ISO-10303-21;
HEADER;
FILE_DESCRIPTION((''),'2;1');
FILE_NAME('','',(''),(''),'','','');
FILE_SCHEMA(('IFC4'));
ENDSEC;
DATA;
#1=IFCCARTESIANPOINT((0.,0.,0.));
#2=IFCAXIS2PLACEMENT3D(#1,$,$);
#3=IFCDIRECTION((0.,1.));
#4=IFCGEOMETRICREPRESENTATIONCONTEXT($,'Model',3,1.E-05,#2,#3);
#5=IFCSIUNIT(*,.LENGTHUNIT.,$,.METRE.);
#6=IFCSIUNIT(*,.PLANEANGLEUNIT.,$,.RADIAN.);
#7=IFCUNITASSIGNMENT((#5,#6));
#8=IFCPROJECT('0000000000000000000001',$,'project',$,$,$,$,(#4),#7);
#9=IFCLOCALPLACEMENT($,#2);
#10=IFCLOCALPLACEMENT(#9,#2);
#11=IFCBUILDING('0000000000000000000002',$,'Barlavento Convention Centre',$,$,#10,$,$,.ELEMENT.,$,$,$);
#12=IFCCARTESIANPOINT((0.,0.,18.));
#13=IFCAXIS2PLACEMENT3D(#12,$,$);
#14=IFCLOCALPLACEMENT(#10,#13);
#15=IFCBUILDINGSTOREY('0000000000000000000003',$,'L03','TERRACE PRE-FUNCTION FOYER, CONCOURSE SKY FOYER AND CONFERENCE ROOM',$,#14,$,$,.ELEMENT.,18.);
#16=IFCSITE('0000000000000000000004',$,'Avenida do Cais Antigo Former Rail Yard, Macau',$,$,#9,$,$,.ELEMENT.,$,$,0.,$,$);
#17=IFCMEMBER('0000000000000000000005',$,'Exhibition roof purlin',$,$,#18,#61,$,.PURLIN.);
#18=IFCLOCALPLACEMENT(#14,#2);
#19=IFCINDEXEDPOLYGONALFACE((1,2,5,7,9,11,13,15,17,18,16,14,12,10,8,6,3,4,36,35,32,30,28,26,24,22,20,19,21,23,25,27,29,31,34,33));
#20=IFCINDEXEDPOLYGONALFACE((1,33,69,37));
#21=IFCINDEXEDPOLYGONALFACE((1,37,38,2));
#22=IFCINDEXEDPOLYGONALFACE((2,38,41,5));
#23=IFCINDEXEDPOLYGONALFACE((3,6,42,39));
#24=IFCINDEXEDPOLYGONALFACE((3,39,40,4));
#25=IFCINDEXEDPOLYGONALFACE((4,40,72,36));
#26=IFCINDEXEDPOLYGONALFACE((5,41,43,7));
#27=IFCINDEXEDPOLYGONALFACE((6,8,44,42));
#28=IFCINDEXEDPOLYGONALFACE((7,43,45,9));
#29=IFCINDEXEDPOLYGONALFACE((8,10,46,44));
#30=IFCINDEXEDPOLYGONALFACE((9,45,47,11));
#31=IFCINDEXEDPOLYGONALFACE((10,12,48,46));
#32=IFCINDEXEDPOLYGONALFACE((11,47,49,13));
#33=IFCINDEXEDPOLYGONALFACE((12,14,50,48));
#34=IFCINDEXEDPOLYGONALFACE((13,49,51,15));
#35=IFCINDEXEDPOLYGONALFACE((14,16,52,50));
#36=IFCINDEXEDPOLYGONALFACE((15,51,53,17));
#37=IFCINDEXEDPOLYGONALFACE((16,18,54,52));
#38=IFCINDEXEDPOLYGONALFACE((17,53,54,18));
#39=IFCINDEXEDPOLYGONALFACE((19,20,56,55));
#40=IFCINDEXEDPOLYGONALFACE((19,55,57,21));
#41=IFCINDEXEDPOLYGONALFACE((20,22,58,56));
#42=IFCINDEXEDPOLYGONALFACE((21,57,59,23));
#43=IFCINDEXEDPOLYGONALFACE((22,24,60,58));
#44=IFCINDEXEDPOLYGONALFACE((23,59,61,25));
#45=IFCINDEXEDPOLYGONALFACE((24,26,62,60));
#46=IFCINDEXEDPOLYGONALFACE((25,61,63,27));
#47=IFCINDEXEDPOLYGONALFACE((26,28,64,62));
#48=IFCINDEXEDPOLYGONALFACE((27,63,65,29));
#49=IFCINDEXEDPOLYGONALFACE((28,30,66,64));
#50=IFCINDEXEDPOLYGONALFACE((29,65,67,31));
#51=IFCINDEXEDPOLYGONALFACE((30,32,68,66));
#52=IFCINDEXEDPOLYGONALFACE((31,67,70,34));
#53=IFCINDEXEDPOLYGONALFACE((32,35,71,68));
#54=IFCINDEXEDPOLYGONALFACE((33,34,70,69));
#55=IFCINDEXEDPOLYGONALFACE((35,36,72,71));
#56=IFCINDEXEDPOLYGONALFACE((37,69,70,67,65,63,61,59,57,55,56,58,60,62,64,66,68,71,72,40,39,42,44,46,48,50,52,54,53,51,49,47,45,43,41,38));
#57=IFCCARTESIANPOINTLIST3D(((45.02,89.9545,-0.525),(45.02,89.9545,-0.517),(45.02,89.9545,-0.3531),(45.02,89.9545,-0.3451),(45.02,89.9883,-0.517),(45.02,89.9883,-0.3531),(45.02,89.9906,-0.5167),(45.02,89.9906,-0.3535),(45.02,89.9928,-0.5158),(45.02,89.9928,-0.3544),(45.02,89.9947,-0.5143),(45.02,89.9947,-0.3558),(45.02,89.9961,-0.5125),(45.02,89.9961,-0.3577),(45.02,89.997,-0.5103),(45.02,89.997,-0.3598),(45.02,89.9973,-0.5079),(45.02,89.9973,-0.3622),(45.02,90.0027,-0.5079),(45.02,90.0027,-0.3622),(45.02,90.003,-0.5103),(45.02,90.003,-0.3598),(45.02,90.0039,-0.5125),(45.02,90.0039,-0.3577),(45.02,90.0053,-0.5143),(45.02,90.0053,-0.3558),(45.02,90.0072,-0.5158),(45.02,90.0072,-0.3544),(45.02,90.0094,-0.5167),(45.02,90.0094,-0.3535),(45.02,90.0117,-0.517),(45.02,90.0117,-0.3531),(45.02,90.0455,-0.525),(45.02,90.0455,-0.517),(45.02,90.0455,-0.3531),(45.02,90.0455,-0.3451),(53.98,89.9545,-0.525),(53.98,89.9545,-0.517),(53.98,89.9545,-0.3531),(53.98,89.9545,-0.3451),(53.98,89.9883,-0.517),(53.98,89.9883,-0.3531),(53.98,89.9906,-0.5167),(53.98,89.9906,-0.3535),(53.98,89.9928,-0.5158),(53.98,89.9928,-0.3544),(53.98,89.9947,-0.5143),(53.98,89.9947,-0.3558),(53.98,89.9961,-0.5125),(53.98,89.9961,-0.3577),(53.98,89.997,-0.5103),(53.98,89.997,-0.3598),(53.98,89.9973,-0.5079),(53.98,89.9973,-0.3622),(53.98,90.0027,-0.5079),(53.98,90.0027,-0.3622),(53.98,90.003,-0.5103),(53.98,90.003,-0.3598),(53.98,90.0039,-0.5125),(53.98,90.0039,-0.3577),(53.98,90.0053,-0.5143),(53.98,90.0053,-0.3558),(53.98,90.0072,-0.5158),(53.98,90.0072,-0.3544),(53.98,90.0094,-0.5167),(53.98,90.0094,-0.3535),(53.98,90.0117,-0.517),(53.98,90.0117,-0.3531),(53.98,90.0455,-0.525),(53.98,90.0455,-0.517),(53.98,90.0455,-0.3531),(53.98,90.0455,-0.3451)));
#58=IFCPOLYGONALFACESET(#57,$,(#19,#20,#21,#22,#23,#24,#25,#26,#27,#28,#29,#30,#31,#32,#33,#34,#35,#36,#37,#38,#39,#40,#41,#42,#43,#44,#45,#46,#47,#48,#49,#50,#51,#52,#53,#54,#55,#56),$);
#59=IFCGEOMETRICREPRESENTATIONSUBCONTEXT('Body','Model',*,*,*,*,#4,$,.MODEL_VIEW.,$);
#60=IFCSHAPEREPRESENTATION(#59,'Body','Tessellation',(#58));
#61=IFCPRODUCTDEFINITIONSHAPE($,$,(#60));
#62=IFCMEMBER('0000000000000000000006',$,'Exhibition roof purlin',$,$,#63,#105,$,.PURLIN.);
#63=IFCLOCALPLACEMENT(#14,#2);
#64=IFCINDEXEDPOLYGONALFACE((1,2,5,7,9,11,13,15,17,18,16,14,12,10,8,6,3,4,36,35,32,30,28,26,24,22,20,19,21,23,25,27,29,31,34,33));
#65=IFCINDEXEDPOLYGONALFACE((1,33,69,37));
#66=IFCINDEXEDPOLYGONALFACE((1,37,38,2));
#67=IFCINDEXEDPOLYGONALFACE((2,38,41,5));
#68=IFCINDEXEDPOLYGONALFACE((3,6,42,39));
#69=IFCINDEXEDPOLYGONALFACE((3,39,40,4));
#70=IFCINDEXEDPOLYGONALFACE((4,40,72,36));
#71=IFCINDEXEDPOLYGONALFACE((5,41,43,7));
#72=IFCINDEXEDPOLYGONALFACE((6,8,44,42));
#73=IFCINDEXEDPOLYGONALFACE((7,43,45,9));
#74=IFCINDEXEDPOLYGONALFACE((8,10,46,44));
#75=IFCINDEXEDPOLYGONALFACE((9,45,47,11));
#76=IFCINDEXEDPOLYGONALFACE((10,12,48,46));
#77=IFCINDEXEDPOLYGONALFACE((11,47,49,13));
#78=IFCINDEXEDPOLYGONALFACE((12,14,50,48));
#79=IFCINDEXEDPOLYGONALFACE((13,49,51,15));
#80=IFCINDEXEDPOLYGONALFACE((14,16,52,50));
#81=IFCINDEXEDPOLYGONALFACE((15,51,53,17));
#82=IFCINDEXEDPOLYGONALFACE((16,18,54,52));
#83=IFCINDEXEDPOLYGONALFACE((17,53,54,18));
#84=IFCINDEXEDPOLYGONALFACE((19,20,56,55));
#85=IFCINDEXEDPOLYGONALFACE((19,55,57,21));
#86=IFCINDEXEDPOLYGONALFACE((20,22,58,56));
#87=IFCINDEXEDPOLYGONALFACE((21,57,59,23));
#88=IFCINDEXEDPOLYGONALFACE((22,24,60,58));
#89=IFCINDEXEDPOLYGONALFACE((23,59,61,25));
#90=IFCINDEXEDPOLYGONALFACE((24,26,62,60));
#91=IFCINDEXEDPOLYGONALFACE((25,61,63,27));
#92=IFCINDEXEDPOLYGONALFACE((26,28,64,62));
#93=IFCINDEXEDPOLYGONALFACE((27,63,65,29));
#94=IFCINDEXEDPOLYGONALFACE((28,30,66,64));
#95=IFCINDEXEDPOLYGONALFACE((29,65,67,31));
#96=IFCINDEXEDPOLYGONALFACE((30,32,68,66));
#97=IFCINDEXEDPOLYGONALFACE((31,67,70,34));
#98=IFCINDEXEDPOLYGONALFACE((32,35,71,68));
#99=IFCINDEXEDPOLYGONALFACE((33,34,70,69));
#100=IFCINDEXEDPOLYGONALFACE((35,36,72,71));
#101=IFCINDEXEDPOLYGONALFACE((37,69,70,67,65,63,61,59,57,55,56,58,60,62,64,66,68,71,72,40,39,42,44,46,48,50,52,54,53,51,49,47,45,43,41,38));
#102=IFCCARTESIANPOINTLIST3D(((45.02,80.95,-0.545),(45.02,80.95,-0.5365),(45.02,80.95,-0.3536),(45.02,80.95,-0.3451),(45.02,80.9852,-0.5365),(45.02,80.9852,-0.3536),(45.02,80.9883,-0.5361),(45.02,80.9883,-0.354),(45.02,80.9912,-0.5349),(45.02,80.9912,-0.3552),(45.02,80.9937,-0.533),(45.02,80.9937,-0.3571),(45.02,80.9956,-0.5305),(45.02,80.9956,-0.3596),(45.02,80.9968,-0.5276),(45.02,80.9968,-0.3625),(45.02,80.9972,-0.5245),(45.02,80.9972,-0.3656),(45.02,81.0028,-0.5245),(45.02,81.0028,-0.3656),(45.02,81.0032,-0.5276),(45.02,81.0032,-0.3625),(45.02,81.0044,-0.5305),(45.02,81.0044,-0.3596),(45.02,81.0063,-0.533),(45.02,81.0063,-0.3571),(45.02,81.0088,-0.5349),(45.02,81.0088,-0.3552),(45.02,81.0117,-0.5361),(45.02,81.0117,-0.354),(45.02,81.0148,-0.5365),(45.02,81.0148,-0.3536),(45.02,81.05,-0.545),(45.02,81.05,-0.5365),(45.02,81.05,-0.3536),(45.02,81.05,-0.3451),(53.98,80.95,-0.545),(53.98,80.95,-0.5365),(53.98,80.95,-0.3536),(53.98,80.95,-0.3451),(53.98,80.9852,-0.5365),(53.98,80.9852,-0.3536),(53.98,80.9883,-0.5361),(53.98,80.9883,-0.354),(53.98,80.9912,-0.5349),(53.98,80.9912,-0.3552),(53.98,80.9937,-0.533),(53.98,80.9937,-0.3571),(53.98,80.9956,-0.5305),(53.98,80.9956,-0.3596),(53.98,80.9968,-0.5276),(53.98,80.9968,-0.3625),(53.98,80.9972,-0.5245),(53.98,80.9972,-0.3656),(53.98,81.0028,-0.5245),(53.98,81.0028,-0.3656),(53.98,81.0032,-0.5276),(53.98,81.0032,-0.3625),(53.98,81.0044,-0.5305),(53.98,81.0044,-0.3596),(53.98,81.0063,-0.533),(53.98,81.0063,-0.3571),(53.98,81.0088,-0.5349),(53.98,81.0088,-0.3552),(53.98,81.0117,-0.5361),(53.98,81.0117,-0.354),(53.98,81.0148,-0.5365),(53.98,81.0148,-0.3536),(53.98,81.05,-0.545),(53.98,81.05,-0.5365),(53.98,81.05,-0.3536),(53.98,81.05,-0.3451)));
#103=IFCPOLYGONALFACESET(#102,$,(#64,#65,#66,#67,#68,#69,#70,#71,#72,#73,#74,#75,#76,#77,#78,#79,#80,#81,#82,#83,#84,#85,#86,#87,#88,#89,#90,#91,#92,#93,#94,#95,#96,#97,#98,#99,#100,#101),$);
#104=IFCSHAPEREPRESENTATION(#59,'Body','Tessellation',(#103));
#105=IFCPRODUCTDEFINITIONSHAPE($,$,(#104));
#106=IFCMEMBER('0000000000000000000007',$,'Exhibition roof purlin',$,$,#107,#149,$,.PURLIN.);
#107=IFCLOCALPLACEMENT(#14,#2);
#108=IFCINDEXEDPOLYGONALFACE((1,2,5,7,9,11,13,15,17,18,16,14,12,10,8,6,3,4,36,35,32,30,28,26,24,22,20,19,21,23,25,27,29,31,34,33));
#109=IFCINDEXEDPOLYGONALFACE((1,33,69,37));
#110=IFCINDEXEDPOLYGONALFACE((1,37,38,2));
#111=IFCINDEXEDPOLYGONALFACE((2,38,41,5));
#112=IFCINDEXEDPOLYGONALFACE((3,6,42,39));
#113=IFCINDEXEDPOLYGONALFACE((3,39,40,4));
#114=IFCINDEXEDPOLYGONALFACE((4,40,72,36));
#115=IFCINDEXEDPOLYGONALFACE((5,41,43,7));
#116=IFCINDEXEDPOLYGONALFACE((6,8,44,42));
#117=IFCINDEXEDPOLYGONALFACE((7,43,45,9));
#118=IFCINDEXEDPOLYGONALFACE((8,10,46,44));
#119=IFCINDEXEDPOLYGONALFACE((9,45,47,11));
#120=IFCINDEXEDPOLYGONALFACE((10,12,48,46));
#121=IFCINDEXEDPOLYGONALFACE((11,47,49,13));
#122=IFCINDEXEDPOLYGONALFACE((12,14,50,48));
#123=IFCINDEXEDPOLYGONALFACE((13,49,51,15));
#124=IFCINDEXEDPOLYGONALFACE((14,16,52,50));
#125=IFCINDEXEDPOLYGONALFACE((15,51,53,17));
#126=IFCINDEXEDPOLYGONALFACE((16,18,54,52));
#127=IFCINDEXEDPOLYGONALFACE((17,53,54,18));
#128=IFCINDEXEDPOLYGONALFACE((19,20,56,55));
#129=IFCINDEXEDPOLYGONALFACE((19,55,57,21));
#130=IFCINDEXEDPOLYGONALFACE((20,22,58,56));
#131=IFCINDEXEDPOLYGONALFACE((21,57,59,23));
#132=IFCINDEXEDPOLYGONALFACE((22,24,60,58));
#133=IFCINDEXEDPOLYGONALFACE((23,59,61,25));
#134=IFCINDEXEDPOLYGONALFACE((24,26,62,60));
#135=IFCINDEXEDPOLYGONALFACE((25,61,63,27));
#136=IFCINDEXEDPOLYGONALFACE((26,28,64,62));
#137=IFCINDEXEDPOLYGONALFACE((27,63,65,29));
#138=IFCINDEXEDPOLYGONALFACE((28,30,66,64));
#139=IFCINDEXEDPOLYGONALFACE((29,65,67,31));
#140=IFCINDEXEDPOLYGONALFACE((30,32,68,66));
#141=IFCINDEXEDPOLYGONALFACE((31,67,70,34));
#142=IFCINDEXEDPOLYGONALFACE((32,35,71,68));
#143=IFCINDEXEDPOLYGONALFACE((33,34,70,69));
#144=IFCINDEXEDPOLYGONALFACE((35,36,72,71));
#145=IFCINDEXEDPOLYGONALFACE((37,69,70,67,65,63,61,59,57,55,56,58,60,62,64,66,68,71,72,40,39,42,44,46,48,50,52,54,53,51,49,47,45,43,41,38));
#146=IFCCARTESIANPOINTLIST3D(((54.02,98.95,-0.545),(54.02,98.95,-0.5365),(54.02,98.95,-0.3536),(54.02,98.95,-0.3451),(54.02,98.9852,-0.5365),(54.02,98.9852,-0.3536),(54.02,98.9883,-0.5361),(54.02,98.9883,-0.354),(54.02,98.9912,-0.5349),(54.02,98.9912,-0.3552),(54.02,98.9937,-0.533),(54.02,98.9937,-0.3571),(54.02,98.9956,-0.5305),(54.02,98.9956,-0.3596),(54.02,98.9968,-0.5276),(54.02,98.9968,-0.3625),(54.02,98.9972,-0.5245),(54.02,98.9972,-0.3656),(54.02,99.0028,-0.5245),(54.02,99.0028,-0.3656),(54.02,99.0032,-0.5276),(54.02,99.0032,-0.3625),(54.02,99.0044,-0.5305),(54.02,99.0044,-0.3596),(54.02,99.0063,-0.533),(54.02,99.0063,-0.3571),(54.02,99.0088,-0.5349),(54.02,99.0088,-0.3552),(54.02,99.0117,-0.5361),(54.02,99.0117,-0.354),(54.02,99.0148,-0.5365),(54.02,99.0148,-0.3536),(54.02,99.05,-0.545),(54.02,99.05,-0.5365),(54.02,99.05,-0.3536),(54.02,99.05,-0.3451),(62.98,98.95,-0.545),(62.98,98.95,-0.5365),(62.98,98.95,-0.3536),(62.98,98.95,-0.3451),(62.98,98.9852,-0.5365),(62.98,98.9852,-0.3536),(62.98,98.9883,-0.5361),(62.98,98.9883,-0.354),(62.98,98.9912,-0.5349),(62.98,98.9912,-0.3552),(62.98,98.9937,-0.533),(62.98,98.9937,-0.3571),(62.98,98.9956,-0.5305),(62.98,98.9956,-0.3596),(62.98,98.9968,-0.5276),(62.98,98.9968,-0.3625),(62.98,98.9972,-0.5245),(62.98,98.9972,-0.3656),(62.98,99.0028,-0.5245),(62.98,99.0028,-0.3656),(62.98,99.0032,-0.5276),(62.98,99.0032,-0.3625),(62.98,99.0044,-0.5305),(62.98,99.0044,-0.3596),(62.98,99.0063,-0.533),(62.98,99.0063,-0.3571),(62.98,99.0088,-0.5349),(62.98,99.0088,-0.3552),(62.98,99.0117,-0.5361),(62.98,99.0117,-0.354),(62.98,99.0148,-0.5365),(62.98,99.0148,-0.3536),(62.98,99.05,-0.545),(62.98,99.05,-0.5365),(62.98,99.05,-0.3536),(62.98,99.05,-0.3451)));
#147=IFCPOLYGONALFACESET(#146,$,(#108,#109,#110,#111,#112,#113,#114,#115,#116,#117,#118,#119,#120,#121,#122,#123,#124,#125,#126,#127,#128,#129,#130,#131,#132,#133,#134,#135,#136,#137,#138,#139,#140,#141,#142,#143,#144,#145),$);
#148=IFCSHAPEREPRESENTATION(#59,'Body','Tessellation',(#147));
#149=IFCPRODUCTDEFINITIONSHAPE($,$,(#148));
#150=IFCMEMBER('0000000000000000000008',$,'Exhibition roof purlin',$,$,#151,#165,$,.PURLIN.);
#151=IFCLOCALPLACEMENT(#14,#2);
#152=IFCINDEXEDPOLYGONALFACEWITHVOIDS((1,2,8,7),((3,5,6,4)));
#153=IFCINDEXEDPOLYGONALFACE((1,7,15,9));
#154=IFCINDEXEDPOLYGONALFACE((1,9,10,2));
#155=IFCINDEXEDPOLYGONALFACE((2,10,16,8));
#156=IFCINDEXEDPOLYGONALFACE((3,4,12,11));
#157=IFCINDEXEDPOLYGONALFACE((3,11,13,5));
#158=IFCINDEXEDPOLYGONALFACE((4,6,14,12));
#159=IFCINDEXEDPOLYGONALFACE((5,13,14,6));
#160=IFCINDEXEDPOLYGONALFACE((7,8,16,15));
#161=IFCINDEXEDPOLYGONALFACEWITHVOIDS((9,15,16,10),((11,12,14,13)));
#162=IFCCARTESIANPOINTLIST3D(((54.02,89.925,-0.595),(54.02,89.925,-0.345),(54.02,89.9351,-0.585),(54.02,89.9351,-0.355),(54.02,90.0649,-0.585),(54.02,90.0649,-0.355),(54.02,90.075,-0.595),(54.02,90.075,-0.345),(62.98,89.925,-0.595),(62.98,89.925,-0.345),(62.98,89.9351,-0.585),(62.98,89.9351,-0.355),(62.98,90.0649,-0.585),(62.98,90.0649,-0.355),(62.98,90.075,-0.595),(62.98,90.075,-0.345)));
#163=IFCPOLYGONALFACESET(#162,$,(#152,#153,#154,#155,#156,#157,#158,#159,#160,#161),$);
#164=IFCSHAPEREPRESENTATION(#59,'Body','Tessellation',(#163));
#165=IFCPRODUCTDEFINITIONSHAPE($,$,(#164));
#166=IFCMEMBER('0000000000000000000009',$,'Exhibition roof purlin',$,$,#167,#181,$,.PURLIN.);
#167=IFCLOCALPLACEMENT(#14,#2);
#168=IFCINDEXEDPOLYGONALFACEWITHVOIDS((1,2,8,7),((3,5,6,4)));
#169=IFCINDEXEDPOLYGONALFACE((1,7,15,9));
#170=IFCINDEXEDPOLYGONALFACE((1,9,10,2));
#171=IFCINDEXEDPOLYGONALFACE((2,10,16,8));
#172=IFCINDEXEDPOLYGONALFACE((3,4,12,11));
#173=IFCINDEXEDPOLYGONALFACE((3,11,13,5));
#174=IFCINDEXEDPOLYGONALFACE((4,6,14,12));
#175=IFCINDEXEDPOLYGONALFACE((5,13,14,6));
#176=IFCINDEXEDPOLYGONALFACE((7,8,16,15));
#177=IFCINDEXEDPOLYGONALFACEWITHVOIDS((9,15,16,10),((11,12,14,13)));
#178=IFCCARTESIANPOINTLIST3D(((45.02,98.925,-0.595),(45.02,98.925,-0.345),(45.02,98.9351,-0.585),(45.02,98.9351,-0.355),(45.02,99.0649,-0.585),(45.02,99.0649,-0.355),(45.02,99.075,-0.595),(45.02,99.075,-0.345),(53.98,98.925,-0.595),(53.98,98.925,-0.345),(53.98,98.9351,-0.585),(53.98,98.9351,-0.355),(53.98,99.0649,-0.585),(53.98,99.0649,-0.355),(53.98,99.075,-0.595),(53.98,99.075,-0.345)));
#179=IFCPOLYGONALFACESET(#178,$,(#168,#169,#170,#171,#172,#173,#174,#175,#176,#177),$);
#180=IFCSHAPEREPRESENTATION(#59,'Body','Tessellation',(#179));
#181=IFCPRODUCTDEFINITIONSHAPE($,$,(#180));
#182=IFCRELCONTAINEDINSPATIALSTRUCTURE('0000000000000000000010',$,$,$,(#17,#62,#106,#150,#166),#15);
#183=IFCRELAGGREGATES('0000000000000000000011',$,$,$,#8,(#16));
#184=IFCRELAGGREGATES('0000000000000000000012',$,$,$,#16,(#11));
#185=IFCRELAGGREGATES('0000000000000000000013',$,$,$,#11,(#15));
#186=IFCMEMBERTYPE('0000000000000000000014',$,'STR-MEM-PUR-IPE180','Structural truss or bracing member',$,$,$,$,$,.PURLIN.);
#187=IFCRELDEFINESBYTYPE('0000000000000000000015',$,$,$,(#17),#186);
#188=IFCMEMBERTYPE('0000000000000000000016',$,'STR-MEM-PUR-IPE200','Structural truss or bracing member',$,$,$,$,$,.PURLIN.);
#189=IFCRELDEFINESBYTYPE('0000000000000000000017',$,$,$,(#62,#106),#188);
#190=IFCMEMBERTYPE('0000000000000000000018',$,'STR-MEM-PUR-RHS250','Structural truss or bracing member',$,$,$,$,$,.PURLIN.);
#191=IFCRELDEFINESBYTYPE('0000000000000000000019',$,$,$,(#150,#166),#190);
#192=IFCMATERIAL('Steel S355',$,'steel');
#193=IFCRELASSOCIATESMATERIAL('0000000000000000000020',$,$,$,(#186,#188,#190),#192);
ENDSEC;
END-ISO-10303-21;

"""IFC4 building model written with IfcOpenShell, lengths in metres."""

from ifc_helpers import new_model, si_unit, direction, frame, origin, origin_2d, place, context, subcontext, project, spatial, hollow_rectangle, i_section, extrude, material, material_profile, profile_set, type_object, element, save


model = new_model("IFC4")

# Units and contexts
model_context = context("Model", 3, precision=1e-05, world=origin(), true_north=direction((0.0, 1.0)))
body_context = subcontext(model_context, "Body", "Model", "MODEL_VIEW")
ifc_project = project(units=[si_unit("LENGTHUNIT", "METRE"), si_unit("PLANEANGLEUNIT", "RADIAN")], contexts=[model_context])

# Site, building, storey
site_placement = place(None, origin())
site = spatial("IfcSite", under=ifc_project, at=site_placement, Name="Avenida do Cais Antigo Former Rail Yard, Macau", CompositionType="ELEMENT", RefElevation=0.0)
building_placement = place(site_placement, origin())
building = spatial("IfcBuilding", under=site, at=building_placement, Name="Barlavento Convention Centre", CompositionType="ELEMENT")
storey_placement = place(building_placement, frame((0.0, 0.0, 18.0)))
storey = spatial("IfcBuildingStorey", under=building, at=storey_placement, Name="L03", Description="TERRACE PRE-FUNCTION FOYER, CONCOURSE SKY FOYER AND CONFERENCE ROOM", CompositionType="ELEMENT", Elevation=18.0)

# Members
ifc_material_1 = material(Name="Steel S355", Category="steel")
ifc_material_profile_1 = material_profile(ifc_material_1, i_section(OverallWidth=0.0911, OverallDepth=0.1799, WebThickness=0.0054, FlangeThickness=0.0081, FilletRadius=0.009, at=origin_2d()), Name="IPE 180")
ifc_profile_set_1 = profile_set([ifc_material_profile_1], Name="Steel S355")
member_type_1 = type_object("IfcMemberType", Name="STR-MEM-PUR-IPE180", Description="Structural truss or bracing member", PredefinedType="PURLIN", material=ifc_profile_set_1)
for number, where, z_axis, x_axis, name in (
    (1, (45.02, 90.0, -0.4351), (1.0, 0.0, 0.0), (0.0, 1.0, 0.0), "Exhibition roof purlin"),
):
    element("IfcMember", number, at=place(storey_placement, frame(where, z_axis=z_axis, x_axis=x_axis)), inside=storey, type_object=member_type_1, Name=name, PredefinedType="PURLIN", context=body_context, shape_type="SweptSolid", body=[
        extrude(i_section(OverallWidth=0.0911, OverallDepth=0.1799, WebThickness=0.0054, FlangeThickness=0.0081, FilletRadius=0.009, at=origin_2d()), origin(), (0.0, 0.0, 1.0), 8.96),
    ])
ifc_material_profile_2 = material_profile(ifc_material_1, i_section(OverallWidth=0.1001, OverallDepth=0.2, WebThickness=0.0056, FlangeThickness=0.0085, FilletRadius=0.012, at=origin_2d()), Name="IPE 200")
ifc_profile_set_2 = profile_set([ifc_material_profile_2], Name="Steel S355")
member_type_2 = type_object("IfcMemberType", Name="STR-MEM-PUR-IPE200", Description="Structural truss or bracing member", PredefinedType="PURLIN", material=ifc_profile_set_2)
for number, where, z_axis, x_axis, name in (
    (2, (45.02, 81.0, -0.4451), (1.0, 0.0, 0.0), (0.0, 1.0, 0.0), "Exhibition roof purlin"),
    (3, (54.02, 99.0, -0.4451), (1.0, 0.0, 0.0), (0.0, 1.0, 0.0), "Exhibition roof purlin"),
):
    element("IfcMember", number, at=place(storey_placement, frame(where, z_axis=z_axis, x_axis=x_axis)), inside=storey, type_object=member_type_2, Name=name, PredefinedType="PURLIN", context=body_context, shape_type="SweptSolid", body=[
        extrude(i_section(OverallWidth=0.1001, OverallDepth=0.2, WebThickness=0.0056, FlangeThickness=0.0085, FilletRadius=0.012, at=origin_2d()), origin(), (0.0, 0.0, 1.0), 8.96),
    ])
ifc_material_profile_3 = material_profile(ifc_material_1, hollow_rectangle(XDim=0.1499, YDim=0.25, WallThickness=0.01, at=origin_2d()), Name="RHS 250x150x10.0")
ifc_profile_set_3 = profile_set([ifc_material_profile_3], Name="Steel S355")
member_type_3 = type_object("IfcMemberType", Name="STR-MEM-PUR-RHS250", Description="Structural truss or bracing member", PredefinedType="PURLIN", material=ifc_profile_set_3)
for number, where, z_axis, x_axis, name in (
    (4, (54.02, 90.0, -0.47), (1.0, 0.0, 0.0), (0.0, 1.0, 0.0), "Exhibition roof purlin"),
    (5, (45.02, 99.0, -0.47), (1.0, 0.0, 0.0), (0.0, 1.0, 0.0), "Exhibition roof purlin"),
):
    element("IfcMember", number, at=place(storey_placement, frame(where, z_axis=z_axis, x_axis=x_axis)), inside=storey, type_object=member_type_3, Name=name, PredefinedType="PURLIN", context=body_context, shape_type="SweptSolid", body=[
        extrude(hollow_rectangle(XDim=0.1499, YDim=0.25, WallThickness=0.01, at=origin_2d()), origin(), (0.0, 0.0, 1.0), 8.96),
    ])

save(model, "model.ifc")
